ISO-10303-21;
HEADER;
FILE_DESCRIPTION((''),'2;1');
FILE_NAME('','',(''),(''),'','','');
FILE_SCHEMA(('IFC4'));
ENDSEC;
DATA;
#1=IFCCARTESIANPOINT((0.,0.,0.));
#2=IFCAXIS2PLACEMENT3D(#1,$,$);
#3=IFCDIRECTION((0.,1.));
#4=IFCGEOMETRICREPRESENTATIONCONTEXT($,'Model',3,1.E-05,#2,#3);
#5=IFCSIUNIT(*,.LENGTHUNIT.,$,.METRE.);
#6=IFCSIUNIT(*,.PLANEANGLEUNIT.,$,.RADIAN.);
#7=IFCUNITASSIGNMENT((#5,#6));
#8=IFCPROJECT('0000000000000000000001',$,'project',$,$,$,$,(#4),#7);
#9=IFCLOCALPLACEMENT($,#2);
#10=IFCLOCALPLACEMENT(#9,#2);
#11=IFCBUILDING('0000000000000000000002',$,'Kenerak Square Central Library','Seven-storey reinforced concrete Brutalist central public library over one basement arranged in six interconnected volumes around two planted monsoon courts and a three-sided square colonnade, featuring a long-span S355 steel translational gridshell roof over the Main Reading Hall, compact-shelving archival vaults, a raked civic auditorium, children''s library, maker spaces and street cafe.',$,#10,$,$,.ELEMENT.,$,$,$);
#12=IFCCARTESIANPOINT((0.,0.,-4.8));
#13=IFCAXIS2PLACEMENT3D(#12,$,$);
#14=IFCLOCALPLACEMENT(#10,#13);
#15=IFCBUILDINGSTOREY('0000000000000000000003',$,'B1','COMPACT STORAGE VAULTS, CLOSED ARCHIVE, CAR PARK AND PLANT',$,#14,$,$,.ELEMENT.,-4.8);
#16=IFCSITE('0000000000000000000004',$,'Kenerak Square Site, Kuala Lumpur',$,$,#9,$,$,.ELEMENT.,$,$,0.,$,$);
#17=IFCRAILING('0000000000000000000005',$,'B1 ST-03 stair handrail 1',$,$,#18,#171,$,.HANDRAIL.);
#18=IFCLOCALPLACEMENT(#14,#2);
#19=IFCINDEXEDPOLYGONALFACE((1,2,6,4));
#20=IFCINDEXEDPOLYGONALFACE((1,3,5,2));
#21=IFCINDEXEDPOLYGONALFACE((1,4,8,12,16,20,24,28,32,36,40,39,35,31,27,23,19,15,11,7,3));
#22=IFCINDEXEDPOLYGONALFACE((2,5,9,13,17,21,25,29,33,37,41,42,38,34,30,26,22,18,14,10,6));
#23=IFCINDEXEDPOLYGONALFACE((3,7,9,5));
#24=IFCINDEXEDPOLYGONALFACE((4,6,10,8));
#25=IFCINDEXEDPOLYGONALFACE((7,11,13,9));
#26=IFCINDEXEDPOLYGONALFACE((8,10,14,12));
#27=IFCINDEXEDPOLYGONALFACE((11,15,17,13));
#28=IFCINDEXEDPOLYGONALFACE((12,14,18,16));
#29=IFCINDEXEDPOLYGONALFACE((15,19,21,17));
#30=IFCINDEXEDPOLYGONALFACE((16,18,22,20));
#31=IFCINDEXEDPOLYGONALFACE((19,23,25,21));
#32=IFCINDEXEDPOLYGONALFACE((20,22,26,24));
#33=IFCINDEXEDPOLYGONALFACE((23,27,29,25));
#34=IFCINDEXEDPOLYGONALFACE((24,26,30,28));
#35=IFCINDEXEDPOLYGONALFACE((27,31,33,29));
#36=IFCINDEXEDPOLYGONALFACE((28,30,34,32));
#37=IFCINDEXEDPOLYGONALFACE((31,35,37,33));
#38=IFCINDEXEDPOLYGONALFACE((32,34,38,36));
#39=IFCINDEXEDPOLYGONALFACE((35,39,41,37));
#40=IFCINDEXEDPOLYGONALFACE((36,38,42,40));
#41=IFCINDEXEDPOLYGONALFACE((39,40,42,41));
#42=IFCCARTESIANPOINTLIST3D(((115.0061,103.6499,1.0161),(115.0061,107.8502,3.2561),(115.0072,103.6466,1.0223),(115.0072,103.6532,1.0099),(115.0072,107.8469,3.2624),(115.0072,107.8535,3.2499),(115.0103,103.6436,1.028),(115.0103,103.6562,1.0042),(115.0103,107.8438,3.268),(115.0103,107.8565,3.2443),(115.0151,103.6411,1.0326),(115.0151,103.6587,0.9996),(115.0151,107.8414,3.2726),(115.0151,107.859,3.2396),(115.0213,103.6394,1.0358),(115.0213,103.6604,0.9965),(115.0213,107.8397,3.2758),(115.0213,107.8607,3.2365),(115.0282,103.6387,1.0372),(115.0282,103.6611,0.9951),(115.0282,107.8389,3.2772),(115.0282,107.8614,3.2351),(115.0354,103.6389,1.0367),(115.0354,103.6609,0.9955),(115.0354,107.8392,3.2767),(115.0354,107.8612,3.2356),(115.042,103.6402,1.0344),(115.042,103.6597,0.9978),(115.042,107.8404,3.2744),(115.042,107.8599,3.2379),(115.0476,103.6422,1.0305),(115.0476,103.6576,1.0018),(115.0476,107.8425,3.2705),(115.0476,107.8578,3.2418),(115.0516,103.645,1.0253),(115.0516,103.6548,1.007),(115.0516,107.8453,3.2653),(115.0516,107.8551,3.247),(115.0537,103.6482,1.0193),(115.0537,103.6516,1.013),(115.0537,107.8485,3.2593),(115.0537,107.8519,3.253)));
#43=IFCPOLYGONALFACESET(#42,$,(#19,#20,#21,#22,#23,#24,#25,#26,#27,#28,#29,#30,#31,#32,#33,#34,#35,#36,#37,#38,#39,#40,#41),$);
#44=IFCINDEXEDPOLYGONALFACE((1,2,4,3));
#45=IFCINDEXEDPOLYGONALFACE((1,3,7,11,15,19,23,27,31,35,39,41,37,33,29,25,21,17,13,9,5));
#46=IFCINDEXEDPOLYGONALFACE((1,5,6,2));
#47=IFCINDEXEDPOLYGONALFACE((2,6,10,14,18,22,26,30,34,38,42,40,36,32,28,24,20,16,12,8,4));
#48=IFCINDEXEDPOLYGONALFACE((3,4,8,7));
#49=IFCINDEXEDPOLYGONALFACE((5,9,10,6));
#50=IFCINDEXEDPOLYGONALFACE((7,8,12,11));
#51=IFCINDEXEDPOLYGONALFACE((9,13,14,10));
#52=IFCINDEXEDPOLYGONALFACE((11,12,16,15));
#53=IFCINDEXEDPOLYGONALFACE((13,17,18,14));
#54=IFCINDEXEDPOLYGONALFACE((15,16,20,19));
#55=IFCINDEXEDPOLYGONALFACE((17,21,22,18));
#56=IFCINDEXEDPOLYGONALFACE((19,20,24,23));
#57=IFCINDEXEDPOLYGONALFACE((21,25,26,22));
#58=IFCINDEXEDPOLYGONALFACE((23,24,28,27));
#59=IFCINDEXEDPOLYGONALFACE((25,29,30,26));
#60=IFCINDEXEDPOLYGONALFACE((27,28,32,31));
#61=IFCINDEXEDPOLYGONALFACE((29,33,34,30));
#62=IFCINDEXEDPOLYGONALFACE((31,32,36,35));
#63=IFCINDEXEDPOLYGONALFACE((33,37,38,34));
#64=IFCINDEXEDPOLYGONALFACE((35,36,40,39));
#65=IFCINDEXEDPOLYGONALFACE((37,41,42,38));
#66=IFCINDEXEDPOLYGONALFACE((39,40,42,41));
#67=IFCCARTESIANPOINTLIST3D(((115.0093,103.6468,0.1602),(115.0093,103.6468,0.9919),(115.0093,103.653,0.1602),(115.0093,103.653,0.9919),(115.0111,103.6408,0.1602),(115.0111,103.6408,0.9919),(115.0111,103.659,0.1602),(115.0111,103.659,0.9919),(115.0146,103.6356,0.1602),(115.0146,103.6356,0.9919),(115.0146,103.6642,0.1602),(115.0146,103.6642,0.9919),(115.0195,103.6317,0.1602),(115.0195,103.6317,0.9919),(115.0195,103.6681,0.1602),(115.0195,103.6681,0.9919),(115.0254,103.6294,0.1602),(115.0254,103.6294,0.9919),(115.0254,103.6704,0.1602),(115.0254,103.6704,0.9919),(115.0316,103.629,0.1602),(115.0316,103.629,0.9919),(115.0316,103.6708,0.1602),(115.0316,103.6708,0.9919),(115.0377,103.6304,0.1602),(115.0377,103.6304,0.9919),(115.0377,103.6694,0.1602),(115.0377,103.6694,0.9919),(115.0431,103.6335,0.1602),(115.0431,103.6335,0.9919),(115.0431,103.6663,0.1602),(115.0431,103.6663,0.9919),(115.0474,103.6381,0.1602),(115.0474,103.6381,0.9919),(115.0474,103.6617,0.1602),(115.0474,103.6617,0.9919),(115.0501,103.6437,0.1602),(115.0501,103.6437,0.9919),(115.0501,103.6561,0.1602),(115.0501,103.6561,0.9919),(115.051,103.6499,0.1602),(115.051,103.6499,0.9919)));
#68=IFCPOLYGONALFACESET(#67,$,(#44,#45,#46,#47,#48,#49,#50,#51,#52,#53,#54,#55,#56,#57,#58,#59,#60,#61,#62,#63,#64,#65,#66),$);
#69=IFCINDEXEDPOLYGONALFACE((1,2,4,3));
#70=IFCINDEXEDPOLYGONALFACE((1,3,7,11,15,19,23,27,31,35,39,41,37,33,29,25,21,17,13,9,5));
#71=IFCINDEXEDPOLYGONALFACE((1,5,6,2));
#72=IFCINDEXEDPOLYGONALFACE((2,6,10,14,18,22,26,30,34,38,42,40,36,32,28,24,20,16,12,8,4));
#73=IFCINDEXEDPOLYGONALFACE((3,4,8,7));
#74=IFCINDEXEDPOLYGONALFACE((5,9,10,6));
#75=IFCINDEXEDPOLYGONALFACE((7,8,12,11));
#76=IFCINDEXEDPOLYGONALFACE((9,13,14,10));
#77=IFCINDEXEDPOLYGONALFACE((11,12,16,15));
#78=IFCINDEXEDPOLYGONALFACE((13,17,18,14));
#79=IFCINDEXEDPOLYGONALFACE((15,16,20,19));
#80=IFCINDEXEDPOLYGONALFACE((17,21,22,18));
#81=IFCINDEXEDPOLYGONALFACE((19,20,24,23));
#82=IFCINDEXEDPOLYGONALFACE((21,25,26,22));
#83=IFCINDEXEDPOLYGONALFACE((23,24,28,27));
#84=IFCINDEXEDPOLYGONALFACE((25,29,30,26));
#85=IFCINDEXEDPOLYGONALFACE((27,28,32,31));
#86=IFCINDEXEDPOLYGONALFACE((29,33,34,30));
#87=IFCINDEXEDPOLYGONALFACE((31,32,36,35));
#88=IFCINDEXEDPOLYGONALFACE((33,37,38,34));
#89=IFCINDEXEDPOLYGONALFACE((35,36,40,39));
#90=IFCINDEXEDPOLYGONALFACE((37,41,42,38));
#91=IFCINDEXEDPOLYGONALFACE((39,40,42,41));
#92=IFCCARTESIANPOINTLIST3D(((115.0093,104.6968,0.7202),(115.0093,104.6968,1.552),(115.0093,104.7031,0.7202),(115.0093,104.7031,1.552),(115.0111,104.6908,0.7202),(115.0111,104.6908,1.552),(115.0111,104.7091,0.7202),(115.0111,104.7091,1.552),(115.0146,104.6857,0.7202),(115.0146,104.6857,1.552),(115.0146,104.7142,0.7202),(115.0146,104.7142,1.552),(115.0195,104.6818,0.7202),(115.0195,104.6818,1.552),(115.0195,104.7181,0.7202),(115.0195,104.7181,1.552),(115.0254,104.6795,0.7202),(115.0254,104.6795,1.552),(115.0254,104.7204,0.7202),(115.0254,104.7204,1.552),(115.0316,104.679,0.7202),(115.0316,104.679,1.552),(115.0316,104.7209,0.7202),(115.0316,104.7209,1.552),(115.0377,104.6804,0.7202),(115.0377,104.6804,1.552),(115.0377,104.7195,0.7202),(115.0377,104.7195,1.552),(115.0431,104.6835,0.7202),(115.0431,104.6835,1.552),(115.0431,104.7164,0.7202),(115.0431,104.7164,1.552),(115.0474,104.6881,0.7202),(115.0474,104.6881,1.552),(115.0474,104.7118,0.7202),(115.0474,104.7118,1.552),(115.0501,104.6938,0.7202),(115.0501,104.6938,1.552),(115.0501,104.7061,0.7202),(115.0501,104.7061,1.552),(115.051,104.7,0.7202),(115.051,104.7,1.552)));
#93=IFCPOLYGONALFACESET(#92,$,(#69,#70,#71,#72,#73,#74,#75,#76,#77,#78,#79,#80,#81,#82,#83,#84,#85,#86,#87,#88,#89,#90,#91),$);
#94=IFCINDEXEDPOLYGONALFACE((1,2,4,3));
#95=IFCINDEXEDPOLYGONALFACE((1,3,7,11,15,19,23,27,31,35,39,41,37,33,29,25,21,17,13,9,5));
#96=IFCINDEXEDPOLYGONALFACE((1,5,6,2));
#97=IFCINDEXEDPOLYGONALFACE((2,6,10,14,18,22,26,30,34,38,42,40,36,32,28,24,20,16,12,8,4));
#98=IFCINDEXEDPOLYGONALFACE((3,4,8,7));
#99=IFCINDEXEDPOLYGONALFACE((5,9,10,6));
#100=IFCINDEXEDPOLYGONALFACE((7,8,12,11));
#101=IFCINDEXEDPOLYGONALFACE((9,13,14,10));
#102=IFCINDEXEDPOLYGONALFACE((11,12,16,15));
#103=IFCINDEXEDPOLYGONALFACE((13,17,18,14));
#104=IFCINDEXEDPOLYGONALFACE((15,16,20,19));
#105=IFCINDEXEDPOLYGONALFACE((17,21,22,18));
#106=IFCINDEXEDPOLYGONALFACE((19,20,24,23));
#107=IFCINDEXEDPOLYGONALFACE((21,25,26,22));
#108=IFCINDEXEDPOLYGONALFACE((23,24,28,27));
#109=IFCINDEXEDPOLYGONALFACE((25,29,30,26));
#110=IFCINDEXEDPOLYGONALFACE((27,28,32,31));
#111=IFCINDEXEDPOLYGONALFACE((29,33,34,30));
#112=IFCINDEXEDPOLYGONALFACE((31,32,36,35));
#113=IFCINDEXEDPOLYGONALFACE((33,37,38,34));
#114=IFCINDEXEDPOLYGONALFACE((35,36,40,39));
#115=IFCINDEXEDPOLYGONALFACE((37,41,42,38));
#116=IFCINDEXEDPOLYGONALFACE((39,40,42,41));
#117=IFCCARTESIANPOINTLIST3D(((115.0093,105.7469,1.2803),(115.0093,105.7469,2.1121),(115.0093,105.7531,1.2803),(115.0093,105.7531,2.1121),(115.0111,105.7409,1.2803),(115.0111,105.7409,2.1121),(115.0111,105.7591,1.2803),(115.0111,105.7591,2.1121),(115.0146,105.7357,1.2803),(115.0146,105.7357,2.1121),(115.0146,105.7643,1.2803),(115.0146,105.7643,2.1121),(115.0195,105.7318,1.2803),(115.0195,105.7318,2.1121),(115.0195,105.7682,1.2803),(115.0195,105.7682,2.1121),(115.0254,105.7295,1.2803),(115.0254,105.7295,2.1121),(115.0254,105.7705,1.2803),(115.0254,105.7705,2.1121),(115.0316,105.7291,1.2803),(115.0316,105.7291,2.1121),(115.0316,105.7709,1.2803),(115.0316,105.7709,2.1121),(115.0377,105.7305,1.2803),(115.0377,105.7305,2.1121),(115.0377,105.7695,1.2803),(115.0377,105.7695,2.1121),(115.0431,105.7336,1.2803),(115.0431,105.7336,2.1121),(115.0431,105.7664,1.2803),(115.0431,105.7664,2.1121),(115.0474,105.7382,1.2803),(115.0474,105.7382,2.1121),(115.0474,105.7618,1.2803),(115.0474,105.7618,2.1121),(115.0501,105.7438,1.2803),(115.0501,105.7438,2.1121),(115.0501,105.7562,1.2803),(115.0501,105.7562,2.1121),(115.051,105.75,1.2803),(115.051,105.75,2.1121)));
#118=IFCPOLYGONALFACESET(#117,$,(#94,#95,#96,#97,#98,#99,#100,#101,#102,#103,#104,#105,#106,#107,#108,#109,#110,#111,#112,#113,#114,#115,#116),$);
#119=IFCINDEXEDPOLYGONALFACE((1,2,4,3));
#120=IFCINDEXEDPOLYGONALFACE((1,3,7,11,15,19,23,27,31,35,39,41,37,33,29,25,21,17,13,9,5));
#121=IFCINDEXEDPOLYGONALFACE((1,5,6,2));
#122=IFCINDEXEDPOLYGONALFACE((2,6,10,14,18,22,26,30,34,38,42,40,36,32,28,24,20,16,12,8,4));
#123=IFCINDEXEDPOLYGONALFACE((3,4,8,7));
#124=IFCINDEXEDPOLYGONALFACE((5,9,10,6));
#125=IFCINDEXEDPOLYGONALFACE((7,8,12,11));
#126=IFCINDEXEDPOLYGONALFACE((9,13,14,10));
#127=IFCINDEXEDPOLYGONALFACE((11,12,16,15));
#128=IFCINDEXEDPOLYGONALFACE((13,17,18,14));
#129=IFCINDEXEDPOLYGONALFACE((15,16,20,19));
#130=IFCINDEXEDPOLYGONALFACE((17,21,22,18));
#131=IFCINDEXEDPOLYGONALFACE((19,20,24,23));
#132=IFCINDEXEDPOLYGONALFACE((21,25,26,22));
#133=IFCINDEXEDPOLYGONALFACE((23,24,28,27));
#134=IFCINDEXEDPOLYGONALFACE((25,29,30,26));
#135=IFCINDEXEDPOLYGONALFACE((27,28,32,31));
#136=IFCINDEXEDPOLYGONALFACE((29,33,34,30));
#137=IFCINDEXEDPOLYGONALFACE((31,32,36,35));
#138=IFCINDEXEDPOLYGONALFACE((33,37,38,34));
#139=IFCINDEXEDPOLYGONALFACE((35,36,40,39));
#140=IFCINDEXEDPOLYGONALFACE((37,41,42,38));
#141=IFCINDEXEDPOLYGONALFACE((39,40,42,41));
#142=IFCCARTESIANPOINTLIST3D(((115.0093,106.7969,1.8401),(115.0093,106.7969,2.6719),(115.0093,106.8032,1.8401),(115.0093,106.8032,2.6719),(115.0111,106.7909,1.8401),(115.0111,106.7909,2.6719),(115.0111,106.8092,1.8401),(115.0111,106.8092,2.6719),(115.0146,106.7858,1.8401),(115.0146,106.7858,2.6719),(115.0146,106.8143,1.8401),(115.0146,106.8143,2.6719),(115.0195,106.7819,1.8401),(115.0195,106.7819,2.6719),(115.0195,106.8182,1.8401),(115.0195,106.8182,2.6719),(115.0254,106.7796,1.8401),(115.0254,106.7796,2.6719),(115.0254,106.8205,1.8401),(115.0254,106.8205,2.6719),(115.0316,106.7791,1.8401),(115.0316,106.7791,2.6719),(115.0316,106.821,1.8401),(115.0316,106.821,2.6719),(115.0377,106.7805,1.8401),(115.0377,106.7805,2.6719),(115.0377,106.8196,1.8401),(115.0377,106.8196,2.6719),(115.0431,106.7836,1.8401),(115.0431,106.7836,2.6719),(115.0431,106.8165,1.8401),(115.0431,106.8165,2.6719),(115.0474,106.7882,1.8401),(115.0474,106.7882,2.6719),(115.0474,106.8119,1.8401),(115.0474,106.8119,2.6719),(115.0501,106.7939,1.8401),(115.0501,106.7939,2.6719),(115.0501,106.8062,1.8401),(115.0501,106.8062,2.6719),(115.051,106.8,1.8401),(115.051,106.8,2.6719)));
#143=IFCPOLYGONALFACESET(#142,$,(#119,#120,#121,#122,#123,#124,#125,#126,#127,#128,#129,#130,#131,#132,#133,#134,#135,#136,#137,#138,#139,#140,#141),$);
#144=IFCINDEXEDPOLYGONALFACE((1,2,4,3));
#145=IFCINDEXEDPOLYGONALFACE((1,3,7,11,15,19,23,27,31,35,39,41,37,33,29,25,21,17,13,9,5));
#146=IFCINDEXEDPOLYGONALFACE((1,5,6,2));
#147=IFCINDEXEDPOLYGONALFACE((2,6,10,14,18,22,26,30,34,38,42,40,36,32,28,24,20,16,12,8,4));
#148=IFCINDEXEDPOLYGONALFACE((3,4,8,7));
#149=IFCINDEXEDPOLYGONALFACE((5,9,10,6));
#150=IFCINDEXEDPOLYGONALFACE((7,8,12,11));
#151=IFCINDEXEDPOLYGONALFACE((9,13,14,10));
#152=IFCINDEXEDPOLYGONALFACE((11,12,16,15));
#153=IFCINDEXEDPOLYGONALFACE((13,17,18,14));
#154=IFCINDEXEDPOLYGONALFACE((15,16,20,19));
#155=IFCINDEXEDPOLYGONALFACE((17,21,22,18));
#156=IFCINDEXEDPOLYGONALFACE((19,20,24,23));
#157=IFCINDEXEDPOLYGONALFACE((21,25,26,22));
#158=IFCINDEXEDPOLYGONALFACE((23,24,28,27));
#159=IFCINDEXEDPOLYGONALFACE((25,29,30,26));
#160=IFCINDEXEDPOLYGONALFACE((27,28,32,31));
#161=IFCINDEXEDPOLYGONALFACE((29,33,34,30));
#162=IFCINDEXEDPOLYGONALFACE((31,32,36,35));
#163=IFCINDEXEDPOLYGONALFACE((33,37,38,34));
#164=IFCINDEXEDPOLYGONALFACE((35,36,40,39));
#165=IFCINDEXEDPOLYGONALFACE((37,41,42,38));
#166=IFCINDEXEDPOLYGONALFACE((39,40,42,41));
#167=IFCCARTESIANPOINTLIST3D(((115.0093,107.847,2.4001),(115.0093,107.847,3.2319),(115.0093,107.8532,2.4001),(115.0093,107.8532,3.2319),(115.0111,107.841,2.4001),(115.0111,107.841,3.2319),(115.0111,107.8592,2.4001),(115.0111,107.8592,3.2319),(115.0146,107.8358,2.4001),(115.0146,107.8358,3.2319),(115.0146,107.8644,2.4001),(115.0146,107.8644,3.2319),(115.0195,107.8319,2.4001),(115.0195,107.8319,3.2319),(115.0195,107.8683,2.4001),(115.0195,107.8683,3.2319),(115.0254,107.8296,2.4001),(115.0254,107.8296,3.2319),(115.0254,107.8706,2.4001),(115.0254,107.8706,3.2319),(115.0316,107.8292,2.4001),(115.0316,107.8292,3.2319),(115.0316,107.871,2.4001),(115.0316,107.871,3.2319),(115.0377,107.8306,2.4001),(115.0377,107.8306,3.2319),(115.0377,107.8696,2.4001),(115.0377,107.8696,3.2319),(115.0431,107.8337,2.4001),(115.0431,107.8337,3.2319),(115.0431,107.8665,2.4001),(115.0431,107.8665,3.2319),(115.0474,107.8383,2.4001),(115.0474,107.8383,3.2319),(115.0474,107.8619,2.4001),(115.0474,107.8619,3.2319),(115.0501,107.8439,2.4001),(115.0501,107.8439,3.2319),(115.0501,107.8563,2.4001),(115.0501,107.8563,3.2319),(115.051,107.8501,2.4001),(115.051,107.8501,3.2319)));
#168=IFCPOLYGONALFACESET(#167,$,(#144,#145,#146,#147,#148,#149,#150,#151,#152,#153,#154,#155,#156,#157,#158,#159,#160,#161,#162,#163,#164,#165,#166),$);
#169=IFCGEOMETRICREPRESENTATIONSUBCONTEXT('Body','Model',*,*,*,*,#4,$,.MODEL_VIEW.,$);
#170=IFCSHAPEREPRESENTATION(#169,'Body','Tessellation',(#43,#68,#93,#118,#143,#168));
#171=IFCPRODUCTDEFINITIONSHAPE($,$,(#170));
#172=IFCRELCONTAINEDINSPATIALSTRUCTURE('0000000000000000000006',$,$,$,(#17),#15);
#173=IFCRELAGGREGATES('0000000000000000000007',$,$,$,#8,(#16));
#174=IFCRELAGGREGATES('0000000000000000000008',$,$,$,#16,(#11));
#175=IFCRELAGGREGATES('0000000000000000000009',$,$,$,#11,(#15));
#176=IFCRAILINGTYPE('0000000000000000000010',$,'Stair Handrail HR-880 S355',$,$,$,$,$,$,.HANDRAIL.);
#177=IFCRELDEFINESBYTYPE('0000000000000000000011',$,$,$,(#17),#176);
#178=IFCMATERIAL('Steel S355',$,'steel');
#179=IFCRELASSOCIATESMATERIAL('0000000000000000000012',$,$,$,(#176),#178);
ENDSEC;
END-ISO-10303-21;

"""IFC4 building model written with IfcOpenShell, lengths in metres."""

from ifc_helpers import new_model, si_unit, direction, frame, origin, origin_2d, place, context, subcontext, project, spatial, circle, extrude, material, type_object, element, save


model = new_model("IFC4")

# Units and contexts
model_context = context("Model", 3, precision=1e-05, world=origin(), true_north=direction((0.0, 1.0)))
body_context = subcontext(model_context, "Body", "Model", "MODEL_VIEW")
ifc_project = project(units=[si_unit("LENGTHUNIT", "METRE"), si_unit("PLANEANGLEUNIT", "RADIAN")], contexts=[model_context])

# Site, building, storey
site_placement = place(None, origin())
site = spatial("IfcSite", under=ifc_project, at=site_placement, Name="Kenerak Square Site, Kuala Lumpur", CompositionType="ELEMENT", RefElevation=0.0)
building_placement = place(site_placement, origin())
building = spatial("IfcBuilding", under=site, at=building_placement, Name="Kenerak Square Central Library", Description="Seven-storey reinforced concrete Brutalist central public library over one basement arranged in six interconnected volumes around two planted monsoon courts and a three-sided square colonnade, featuring a long-span S355 steel translational gridshell roof over the Main Reading Hall, compact-shelving archival vaults, a raked civic auditorium, children's library, maker spaces and street cafe.", CompositionType="ELEMENT")
storey_placement = place(building_placement, frame((0.0, 0.0, -4.8)))
storey = spatial("IfcBuildingStorey", under=building, at=storey_placement, Name="B1", Description="COMPACT STORAGE VAULTS, CLOSED ARCHIVE, CAR PARK AND PLANT", CompositionType="ELEMENT", Elevation=-4.8)

# Shared definitions
ifc_material_1 = material(Name="Steel S355", Category="steel")

# Railing
railing_type = type_object("IfcRailingType", Name="Stair Handrail HR-880 S355", PredefinedType="HANDRAIL", material=ifc_material_1)
railing_placement = place(storey_placement, frame((115.03, 103.6499, 0.1602)))
element("IfcRailing", 1, at=railing_placement, inside=storey, type_object=railing_type, Name="B1 ST-03 stair handrail 1", PredefinedType="HANDRAIL", context=body_context, shape_type="SweptSolid", body=[
    extrude(circle(Radius=0.0239, at=origin_2d()), frame((0.0, 0.0, 0.856), z_axis=(0.0, 0.882363, 0.47057), x_axis=(-1.0, 0.0, 0.0)), (0.0, 0.0, 1.0), 4.7603),
    extrude(circle(Radius=0.021, at=origin_2d()), origin(), (0.0, 0.0, 1.0), 0.8318),
    extrude(circle(Radius=0.021, at=origin_2d()), frame((0.0, 1.05, 0.5601)), (0.0, 0.0, 1.0), 0.8318),
    extrude(circle(Radius=0.021, at=origin_2d()), frame((0.0, 2.1001, 1.1201)), (0.0, 0.0, 1.0), 0.8318),
    extrude(circle(Radius=0.021, at=origin_2d()), frame((0.0, 3.1501, 1.6799)), (0.0, 0.0, 1.0), 0.8318),
    extrude(circle(Radius=0.021, at=origin_2d()), frame((0.0, 4.2002, 2.24)), (0.0, 0.0, 1.0), 0.8318),
])

save(model, "model.ifc")
